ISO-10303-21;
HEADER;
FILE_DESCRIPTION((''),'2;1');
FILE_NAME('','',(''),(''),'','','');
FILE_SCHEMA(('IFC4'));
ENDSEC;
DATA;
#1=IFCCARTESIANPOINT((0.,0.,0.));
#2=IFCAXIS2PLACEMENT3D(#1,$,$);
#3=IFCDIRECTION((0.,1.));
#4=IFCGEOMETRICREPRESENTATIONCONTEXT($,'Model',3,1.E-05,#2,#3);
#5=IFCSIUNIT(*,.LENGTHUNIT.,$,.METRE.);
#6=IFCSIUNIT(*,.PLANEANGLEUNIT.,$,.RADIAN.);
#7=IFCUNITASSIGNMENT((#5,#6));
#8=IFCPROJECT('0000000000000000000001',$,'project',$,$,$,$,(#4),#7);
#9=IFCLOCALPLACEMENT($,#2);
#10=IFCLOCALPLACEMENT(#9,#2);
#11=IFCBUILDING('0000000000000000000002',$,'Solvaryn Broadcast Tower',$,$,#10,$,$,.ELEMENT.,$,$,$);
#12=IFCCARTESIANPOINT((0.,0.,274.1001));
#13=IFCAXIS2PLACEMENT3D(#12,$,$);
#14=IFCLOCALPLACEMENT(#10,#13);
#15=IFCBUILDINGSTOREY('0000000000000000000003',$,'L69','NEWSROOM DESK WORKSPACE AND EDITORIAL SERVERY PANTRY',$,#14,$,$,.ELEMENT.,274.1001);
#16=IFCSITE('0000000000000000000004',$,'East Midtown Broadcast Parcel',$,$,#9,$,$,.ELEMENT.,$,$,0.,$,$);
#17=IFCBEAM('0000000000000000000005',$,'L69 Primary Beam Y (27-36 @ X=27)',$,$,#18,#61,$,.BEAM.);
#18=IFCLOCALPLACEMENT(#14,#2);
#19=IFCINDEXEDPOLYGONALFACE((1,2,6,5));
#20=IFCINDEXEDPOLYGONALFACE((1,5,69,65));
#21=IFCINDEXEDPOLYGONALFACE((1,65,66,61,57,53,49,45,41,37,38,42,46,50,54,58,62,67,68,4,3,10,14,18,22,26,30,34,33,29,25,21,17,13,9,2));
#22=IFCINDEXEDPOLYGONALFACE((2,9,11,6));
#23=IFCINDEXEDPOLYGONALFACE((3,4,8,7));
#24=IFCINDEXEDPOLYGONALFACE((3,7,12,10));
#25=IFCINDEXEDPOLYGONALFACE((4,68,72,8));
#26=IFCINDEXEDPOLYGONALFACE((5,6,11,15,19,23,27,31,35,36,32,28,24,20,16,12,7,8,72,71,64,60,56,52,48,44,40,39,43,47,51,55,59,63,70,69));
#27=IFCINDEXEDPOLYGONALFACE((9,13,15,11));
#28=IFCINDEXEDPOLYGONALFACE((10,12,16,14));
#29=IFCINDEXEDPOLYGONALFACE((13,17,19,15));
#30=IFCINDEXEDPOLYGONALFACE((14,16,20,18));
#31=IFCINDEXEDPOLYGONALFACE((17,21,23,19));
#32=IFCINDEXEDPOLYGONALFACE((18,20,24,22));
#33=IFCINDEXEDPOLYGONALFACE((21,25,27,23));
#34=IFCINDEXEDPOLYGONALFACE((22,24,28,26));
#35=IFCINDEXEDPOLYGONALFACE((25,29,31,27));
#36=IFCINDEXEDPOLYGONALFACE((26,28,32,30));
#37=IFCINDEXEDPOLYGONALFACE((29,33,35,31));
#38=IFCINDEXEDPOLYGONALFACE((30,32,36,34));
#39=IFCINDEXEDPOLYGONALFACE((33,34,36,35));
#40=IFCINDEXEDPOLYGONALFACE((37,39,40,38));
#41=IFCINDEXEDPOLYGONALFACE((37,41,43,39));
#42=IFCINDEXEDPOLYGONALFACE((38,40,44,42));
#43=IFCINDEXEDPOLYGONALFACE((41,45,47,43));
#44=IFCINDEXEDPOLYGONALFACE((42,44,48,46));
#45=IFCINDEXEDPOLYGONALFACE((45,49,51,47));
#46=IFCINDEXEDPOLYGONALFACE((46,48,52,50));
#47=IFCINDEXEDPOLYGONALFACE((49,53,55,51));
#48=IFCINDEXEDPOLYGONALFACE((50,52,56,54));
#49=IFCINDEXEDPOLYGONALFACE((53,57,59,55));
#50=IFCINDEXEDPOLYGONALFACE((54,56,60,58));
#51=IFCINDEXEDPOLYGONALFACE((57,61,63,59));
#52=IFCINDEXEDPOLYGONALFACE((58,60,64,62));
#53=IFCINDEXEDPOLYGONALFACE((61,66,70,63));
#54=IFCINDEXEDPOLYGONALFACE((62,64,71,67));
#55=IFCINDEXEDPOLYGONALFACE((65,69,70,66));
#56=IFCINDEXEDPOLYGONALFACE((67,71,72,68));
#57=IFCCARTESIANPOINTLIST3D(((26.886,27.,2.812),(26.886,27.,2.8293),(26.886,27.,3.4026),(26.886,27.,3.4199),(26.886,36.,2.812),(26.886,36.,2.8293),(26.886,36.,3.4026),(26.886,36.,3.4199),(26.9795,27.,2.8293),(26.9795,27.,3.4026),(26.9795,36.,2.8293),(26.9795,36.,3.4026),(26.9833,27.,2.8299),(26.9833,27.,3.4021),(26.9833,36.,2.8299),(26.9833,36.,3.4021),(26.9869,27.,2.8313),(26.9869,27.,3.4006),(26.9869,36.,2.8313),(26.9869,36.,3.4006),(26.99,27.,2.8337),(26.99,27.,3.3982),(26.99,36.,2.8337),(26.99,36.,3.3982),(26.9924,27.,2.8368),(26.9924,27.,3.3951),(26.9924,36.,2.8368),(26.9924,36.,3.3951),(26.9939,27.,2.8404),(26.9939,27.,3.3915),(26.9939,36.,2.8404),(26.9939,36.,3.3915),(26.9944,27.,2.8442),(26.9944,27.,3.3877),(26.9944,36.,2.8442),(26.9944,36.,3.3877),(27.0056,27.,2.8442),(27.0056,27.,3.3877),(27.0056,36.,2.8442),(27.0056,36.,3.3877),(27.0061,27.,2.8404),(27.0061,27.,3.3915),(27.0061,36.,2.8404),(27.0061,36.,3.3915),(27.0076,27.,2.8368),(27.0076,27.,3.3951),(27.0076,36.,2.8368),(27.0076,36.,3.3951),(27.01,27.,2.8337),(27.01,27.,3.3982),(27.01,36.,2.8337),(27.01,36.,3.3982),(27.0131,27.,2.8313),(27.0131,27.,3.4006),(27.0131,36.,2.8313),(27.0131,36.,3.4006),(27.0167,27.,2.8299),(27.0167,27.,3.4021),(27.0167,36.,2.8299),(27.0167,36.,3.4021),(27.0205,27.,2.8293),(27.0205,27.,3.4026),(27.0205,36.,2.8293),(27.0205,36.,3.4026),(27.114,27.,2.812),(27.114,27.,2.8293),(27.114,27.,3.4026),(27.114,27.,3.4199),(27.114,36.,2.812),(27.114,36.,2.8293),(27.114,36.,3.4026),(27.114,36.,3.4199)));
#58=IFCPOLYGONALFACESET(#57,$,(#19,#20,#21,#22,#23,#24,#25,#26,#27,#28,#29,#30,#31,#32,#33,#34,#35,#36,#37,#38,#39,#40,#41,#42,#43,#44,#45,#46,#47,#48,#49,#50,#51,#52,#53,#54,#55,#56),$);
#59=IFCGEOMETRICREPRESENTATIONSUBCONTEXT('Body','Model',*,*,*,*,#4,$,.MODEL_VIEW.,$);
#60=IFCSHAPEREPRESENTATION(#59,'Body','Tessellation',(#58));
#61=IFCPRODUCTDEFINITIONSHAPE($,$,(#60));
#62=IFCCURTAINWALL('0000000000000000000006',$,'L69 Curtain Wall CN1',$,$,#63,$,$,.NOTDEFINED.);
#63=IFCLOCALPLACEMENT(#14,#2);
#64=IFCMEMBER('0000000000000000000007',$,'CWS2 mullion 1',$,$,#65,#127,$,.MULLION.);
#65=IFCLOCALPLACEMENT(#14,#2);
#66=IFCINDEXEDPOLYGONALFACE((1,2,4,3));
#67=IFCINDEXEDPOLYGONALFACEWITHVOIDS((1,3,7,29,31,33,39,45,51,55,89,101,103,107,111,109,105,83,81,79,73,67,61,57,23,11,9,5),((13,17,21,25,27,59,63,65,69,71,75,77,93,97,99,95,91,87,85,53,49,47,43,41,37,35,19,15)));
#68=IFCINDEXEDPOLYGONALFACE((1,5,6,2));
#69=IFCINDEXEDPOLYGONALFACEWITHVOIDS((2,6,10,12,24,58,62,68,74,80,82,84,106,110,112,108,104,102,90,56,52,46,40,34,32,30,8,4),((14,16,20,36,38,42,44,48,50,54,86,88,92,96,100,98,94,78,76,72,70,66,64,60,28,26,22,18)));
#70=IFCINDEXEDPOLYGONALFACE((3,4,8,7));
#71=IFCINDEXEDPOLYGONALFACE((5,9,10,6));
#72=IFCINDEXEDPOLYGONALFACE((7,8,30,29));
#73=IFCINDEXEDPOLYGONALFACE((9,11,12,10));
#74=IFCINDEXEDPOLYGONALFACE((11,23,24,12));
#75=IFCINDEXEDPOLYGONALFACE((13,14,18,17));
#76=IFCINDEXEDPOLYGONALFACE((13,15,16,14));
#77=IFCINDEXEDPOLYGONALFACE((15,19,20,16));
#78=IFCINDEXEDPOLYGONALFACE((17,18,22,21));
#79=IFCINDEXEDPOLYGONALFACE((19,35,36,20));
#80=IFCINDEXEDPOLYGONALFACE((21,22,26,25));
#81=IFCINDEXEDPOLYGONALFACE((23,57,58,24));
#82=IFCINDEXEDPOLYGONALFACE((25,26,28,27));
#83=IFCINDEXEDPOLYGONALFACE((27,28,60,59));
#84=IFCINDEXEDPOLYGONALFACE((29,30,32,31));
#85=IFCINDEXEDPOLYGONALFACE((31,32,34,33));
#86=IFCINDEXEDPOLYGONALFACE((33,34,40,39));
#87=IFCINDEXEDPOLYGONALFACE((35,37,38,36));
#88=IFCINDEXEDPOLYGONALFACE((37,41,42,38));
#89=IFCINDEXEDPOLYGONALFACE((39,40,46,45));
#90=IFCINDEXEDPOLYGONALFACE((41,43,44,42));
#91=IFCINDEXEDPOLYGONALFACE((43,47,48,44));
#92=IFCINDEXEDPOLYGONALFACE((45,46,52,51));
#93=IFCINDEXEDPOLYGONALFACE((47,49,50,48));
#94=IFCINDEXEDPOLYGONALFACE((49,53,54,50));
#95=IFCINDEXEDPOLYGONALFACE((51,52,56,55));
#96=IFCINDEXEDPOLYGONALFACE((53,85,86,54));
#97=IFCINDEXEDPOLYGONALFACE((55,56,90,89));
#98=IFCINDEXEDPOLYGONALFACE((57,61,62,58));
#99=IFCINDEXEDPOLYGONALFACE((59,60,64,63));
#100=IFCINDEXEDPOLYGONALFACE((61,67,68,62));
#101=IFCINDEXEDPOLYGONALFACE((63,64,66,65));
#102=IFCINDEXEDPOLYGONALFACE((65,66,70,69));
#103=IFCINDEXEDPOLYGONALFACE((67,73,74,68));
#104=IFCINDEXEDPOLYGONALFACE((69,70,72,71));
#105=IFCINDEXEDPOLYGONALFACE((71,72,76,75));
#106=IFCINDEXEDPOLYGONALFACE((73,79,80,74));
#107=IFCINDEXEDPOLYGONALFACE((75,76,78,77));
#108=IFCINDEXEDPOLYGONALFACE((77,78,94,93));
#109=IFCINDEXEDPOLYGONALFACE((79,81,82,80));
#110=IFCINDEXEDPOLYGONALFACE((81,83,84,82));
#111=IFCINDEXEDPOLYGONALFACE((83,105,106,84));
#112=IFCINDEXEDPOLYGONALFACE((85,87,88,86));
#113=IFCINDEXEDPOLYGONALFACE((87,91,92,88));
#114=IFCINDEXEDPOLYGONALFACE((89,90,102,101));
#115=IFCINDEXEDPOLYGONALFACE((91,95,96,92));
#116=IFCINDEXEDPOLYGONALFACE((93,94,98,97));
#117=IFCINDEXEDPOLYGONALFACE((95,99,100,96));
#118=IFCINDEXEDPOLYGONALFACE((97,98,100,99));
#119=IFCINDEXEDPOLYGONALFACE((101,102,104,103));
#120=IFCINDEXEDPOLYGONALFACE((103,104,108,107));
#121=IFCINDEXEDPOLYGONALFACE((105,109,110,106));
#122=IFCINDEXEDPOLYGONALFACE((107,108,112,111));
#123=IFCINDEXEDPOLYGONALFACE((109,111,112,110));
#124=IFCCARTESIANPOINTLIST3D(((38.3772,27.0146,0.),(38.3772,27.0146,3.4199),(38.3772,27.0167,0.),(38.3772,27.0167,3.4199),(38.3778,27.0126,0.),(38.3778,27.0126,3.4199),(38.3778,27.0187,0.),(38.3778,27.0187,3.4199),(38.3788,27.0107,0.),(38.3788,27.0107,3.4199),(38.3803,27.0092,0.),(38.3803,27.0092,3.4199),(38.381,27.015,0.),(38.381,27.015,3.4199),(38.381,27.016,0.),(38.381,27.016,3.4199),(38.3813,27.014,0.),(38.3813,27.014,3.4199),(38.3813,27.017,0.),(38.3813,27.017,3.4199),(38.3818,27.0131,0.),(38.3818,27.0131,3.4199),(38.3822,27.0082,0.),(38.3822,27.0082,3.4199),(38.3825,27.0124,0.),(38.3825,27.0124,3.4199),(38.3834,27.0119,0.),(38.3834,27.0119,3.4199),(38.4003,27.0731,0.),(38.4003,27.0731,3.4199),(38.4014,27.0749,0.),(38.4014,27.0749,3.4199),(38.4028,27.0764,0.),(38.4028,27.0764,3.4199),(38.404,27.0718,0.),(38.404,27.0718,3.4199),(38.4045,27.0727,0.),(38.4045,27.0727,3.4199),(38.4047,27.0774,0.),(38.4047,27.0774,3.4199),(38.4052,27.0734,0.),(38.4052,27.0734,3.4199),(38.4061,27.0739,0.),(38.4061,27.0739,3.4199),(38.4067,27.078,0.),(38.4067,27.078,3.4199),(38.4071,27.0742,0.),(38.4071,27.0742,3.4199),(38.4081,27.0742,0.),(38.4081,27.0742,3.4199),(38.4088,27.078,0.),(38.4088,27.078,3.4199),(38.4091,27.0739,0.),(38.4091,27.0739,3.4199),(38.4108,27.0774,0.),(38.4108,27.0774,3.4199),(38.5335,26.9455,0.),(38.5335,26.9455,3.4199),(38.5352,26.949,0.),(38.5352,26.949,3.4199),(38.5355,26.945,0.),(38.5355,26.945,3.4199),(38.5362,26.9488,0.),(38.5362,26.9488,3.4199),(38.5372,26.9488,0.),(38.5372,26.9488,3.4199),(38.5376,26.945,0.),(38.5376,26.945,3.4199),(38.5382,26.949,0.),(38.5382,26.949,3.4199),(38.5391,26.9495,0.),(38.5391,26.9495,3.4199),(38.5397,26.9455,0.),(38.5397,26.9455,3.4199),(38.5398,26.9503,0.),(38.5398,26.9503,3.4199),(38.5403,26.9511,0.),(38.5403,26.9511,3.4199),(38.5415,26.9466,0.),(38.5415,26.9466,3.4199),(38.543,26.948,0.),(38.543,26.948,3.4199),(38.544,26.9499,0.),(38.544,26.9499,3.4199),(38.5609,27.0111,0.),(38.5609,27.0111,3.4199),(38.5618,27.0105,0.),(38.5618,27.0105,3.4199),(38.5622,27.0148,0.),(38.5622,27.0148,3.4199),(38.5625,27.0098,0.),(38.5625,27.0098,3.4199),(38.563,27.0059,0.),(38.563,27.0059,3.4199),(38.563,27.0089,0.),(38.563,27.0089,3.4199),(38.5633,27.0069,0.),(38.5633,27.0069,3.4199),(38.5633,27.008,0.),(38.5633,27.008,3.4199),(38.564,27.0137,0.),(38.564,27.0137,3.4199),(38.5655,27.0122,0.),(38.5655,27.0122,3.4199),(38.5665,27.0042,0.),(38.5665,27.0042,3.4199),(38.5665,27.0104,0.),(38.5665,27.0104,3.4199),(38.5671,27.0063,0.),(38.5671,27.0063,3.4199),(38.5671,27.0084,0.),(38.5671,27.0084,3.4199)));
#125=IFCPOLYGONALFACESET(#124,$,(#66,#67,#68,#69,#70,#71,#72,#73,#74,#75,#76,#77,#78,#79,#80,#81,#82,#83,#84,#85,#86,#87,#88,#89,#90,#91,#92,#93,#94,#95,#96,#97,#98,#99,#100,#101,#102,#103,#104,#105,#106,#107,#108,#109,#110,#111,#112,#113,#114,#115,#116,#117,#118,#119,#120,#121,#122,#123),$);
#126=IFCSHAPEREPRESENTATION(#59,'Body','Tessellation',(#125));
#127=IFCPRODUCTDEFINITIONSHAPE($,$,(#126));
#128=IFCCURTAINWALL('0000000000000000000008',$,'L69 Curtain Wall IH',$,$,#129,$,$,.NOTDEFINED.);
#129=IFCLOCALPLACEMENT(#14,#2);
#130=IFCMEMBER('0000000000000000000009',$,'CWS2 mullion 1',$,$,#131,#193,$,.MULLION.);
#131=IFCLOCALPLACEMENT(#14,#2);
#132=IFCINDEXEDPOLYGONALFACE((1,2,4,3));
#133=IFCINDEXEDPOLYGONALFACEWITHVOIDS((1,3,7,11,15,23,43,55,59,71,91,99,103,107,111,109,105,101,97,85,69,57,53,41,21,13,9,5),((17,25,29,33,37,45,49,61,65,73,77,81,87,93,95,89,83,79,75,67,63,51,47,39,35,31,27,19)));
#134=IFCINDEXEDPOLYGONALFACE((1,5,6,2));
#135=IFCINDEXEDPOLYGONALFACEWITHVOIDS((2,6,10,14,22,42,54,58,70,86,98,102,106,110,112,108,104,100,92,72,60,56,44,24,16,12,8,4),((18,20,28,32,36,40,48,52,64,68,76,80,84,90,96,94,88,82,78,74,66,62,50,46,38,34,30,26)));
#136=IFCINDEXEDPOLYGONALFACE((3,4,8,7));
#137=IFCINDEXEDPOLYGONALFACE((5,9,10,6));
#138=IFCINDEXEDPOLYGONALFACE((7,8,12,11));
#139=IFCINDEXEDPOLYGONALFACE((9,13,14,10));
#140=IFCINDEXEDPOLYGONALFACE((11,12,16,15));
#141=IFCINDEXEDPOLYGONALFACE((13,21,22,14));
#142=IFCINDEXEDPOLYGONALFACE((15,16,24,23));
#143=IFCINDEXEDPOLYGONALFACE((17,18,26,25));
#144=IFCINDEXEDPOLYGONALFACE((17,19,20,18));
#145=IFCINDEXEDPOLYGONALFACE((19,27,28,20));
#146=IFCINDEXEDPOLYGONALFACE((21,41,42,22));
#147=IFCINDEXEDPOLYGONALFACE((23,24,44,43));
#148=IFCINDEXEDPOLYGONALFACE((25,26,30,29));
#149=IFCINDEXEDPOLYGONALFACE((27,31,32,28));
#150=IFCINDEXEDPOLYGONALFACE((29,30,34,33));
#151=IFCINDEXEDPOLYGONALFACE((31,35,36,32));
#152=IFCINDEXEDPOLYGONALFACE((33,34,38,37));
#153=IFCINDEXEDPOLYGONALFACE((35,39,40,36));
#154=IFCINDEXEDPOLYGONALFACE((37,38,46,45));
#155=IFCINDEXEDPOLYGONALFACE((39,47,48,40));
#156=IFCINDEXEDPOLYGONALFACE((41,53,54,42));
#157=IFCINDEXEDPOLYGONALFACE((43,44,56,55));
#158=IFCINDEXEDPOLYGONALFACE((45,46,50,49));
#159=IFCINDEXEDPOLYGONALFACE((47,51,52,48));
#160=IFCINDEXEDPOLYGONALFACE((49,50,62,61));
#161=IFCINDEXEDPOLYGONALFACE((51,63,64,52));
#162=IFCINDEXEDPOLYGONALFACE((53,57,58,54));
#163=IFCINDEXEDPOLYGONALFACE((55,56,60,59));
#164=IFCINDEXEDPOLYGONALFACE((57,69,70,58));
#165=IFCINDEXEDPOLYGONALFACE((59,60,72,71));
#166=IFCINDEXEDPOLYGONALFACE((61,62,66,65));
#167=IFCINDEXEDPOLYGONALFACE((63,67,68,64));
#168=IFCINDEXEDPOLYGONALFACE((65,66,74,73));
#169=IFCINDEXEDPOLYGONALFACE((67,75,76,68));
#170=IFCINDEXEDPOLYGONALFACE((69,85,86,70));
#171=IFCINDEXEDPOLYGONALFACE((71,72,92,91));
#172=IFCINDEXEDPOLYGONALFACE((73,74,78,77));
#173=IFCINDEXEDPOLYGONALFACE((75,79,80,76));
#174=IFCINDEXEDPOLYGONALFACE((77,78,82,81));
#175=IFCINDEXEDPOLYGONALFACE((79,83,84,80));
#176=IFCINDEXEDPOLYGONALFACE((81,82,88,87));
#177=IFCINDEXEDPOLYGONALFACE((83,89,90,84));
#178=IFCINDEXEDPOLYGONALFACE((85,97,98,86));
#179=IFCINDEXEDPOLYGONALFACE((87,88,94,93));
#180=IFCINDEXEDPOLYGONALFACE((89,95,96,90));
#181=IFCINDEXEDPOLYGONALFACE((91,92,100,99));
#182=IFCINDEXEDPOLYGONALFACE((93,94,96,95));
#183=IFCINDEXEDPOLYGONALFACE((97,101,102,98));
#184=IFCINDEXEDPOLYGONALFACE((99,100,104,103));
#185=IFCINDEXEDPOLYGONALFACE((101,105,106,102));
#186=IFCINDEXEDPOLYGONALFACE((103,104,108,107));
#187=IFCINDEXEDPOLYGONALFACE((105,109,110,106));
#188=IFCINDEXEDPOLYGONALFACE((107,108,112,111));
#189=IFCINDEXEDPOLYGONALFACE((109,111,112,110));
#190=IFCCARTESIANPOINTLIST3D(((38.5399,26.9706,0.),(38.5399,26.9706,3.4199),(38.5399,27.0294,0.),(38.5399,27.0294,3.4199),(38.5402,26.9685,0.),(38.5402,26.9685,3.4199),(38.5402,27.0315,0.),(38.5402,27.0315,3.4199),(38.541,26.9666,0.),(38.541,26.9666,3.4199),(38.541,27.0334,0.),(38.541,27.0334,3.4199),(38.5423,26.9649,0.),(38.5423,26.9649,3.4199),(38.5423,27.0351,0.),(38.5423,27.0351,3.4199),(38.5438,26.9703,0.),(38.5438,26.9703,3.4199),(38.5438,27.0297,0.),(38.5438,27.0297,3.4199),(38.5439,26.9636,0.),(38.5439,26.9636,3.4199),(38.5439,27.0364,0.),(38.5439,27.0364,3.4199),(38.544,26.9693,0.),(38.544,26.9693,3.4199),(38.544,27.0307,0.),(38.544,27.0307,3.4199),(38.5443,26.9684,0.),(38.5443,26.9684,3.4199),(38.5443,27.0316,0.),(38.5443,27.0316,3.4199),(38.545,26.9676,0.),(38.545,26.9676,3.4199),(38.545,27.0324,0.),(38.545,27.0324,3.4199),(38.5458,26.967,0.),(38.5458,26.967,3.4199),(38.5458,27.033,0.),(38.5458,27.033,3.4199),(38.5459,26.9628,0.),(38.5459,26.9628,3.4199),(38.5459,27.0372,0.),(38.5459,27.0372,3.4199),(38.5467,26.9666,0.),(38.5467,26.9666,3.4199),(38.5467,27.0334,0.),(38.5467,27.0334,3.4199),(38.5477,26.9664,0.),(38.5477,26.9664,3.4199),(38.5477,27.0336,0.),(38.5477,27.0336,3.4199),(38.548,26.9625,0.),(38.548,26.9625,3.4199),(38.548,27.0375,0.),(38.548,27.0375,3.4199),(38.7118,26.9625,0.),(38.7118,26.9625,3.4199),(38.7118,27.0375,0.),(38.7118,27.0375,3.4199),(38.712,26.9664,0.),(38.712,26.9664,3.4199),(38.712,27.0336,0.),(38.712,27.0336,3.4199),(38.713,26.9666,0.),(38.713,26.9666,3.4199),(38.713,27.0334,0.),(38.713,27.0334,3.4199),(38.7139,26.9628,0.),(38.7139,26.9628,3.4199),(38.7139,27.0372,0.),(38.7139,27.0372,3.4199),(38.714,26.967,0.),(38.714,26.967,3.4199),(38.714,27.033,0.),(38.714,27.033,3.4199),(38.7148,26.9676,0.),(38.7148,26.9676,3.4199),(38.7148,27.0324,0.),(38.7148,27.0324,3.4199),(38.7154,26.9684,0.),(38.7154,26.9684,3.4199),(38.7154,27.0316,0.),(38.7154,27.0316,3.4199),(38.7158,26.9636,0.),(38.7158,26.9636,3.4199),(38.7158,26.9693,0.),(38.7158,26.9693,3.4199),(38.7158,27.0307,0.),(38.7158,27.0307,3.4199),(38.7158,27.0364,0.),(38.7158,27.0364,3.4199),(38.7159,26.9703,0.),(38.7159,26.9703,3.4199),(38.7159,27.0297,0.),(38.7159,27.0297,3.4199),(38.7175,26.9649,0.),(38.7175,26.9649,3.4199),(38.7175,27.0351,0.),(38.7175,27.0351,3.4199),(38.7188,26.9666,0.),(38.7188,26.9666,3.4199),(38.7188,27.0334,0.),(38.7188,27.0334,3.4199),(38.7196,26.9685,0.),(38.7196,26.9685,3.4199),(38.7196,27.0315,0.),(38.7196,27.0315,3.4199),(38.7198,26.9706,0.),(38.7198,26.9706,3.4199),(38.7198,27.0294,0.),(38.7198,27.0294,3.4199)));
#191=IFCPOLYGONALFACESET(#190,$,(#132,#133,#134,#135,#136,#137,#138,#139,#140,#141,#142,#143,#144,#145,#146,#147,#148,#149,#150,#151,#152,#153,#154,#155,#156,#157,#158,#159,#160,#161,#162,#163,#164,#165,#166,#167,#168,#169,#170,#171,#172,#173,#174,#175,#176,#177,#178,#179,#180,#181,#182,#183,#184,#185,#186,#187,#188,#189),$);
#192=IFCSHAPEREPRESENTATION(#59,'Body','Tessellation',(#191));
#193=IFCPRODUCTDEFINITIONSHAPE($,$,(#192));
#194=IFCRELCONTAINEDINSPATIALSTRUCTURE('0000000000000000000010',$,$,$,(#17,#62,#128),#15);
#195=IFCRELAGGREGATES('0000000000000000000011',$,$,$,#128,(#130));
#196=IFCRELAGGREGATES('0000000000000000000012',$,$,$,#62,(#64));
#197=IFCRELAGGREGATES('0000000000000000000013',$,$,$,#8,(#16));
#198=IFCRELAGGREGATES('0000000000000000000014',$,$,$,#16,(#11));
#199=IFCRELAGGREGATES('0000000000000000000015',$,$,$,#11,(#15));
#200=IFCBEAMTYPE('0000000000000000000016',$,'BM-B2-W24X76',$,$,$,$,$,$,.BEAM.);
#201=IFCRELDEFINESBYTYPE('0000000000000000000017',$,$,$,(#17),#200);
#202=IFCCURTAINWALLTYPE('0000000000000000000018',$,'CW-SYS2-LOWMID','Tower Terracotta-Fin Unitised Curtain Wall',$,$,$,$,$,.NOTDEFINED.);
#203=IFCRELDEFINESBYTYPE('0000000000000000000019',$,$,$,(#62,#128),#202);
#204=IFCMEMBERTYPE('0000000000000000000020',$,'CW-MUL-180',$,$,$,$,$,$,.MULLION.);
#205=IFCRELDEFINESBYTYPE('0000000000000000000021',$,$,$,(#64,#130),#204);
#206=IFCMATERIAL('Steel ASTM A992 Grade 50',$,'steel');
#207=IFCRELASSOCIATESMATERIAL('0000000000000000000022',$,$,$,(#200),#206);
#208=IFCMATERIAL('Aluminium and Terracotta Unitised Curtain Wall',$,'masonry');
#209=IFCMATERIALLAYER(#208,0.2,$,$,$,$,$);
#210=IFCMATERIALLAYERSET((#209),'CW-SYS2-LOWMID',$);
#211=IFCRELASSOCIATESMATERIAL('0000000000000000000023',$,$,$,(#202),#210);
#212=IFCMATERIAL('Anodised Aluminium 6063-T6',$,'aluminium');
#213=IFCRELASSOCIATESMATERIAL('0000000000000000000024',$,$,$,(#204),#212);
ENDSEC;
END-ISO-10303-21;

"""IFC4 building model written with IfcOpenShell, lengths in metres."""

from ifc_helpers import new_model, si_unit, direction, frame, origin, origin_2d, place, context, subcontext, project, spatial, hollow_rectangle, i_section, extrude, material, layer, layer_set, material_profile, profile_set, type_object, element, aggregate, save


model = new_model("IFC4")

# Units and contexts
model_context = context("Model", 3, precision=1e-05, world=origin(), true_north=direction((0.0, 1.0)))
body_context = subcontext(model_context, "Body", "Model", "MODEL_VIEW")
ifc_project = project(units=[si_unit("LENGTHUNIT", "METRE"), si_unit("PLANEANGLEUNIT", "RADIAN")], contexts=[model_context])

# Site, building, storey
site_placement = place(None, origin())
site = spatial("IfcSite", under=ifc_project, at=site_placement, Name="East Midtown Broadcast Parcel", CompositionType="ELEMENT", RefElevation=0.0)
building_placement = place(site_placement, origin())
building = spatial("IfcBuilding", under=site, at=building_placement, Name="Solvaryn Broadcast Tower", CompositionType="ELEMENT")
storey_placement = place(building_placement, frame((0.0, 0.0, 274.1001)))
storey = spatial("IfcBuildingStorey", under=building, at=storey_placement, Name="L69", Description="NEWSROOM DESK WORKSPACE AND EDITORIAL SERVERY PANTRY", CompositionType="ELEMENT", Elevation=274.1001)

# Beam
ifc_material_1 = material(Name="Steel ASTM A992 Grade 50", Category="steel")
ifc_material_profile_1 = material_profile(ifc_material_1, i_section(OverallWidth=0.228, OverallDepth=0.6079, WebThickness=0.0112, FlangeThickness=0.0173, FilletRadius=0.0149, at=origin_2d()))
ifc_profile_set_1 = profile_set([ifc_material_profile_1], Name="Steel ASTM A992 Grade 50")
beam_type_1 = type_object("IfcBeamType", Name="BM-B2-W24X76", PredefinedType="BEAM", material=ifc_profile_set_1)
beam_1_placement = place(storey_placement, frame((27.0, 27.0, 3.116), z_axis=(0.0, 1.0, 0.0), x_axis=(-1.0, 0.0, 0.0)))
element("IfcBeam", 1, at=beam_1_placement, inside=storey, type_object=beam_type_1, Name="L69 Primary Beam Y (27-36 @ X=27)", PredefinedType="BEAM", context=body_context, shape_type="SweptSolid", body=[
    extrude(i_section(OverallWidth=0.228, OverallDepth=0.6079, WebThickness=0.0112, FlangeThickness=0.0173, FilletRadius=0.0149, at=origin_2d()), origin(), (0.0, 0.0, 1.0), 9.0),
])

# Curtain walls, members
ifc_material_2 = material(Name="Aluminium and Terracotta Unitised Curtain Wall", Category="masonry")
ifc_layer_1 = layer(ifc_material_2, 0.2)
ifc_layer_set_1 = layer_set([ifc_layer_1], Name="CW-SYS2-LOWMID")
curtain_wall_type = type_object("IfcCurtainWallType", Name="CW-SYS2-LOWMID", Description="Tower Terracotta-Fin Unitised Curtain Wall", PredefinedType="NOTDEFINED", material=ifc_layer_set_1)
curtain_wall_1_placement = place(storey_placement, origin())
curtain_wall_1 = element("IfcCurtainWall", 2, at=curtain_wall_1_placement, inside=storey, type_object=curtain_wall_type, Name="L69 Curtain Wall CN1", PredefinedType="NOTDEFINED")
ifc_material_3 = material(Name="Anodised Aluminium 6063-T6", Category="aluminium")
ifc_material_profile_2 = material_profile(ifc_material_3, hollow_rectangle(XDim=0.075, YDim=0.1799, WallThickness=0.0039, InnerFilletRadius=0.0039, OuterFilletRadius=0.0081, at=origin_2d()))
ifc_profile_set_2 = profile_set([ifc_material_profile_2], Name="Anodised Aluminium 6063-T6")
member_type_1 = type_object("IfcMemberType", Name="CW-MUL-180", PredefinedType="MULLION", material=ifc_profile_set_2)
member_1_placement = place(storey_placement, frame((38.4722, 27.0115, 0.0), z_axis=(0.0, 0.0, 1.0), x_axis=(-0.382646, -0.923895, 0.0)))
member_1 = element("IfcMember", 3, at=member_1_placement, type_object=member_type_1, Name="CWS2 mullion 1", PredefinedType="MULLION", context=body_context, shape_type="SweptSolid", body=[
    extrude(hollow_rectangle(XDim=0.075, YDim=0.1799, WallThickness=0.0039, InnerFilletRadius=0.0039, OuterFilletRadius=0.0081, at=origin_2d()), origin(), (0.0, 0.0, 1.0), 3.4199),
])
curtain_wall_2_placement = place(storey_placement, origin())
curtain_wall_2 = element("IfcCurtainWall", 4, at=curtain_wall_2_placement, inside=storey, type_object=curtain_wall_type, Name="L69 Curtain Wall IH", PredefinedType="NOTDEFINED")
member_2_placement = place(storey_placement, frame((38.6299, 27.0, 0.0), z_axis=(0.0, 0.0, 1.0), x_axis=(0.0, 1.0, 0.0)))
member_2 = element("IfcMember", 5, at=member_2_placement, type_object=member_type_1, Name="CWS2 mullion 1", PredefinedType="MULLION", context=body_context, shape_type="SweptSolid", body=[
    extrude(hollow_rectangle(XDim=0.075, YDim=0.1799, WallThickness=0.0039, InnerFilletRadius=0.0039, OuterFilletRadius=0.0081, at=origin_2d()), origin(), (0.0, 0.0, 1.0), 3.4199),
])
aggregate(curtain_wall_2, [member_2])

aggregate(curtain_wall_1, [member_1])

save(model, "model.ifc")
